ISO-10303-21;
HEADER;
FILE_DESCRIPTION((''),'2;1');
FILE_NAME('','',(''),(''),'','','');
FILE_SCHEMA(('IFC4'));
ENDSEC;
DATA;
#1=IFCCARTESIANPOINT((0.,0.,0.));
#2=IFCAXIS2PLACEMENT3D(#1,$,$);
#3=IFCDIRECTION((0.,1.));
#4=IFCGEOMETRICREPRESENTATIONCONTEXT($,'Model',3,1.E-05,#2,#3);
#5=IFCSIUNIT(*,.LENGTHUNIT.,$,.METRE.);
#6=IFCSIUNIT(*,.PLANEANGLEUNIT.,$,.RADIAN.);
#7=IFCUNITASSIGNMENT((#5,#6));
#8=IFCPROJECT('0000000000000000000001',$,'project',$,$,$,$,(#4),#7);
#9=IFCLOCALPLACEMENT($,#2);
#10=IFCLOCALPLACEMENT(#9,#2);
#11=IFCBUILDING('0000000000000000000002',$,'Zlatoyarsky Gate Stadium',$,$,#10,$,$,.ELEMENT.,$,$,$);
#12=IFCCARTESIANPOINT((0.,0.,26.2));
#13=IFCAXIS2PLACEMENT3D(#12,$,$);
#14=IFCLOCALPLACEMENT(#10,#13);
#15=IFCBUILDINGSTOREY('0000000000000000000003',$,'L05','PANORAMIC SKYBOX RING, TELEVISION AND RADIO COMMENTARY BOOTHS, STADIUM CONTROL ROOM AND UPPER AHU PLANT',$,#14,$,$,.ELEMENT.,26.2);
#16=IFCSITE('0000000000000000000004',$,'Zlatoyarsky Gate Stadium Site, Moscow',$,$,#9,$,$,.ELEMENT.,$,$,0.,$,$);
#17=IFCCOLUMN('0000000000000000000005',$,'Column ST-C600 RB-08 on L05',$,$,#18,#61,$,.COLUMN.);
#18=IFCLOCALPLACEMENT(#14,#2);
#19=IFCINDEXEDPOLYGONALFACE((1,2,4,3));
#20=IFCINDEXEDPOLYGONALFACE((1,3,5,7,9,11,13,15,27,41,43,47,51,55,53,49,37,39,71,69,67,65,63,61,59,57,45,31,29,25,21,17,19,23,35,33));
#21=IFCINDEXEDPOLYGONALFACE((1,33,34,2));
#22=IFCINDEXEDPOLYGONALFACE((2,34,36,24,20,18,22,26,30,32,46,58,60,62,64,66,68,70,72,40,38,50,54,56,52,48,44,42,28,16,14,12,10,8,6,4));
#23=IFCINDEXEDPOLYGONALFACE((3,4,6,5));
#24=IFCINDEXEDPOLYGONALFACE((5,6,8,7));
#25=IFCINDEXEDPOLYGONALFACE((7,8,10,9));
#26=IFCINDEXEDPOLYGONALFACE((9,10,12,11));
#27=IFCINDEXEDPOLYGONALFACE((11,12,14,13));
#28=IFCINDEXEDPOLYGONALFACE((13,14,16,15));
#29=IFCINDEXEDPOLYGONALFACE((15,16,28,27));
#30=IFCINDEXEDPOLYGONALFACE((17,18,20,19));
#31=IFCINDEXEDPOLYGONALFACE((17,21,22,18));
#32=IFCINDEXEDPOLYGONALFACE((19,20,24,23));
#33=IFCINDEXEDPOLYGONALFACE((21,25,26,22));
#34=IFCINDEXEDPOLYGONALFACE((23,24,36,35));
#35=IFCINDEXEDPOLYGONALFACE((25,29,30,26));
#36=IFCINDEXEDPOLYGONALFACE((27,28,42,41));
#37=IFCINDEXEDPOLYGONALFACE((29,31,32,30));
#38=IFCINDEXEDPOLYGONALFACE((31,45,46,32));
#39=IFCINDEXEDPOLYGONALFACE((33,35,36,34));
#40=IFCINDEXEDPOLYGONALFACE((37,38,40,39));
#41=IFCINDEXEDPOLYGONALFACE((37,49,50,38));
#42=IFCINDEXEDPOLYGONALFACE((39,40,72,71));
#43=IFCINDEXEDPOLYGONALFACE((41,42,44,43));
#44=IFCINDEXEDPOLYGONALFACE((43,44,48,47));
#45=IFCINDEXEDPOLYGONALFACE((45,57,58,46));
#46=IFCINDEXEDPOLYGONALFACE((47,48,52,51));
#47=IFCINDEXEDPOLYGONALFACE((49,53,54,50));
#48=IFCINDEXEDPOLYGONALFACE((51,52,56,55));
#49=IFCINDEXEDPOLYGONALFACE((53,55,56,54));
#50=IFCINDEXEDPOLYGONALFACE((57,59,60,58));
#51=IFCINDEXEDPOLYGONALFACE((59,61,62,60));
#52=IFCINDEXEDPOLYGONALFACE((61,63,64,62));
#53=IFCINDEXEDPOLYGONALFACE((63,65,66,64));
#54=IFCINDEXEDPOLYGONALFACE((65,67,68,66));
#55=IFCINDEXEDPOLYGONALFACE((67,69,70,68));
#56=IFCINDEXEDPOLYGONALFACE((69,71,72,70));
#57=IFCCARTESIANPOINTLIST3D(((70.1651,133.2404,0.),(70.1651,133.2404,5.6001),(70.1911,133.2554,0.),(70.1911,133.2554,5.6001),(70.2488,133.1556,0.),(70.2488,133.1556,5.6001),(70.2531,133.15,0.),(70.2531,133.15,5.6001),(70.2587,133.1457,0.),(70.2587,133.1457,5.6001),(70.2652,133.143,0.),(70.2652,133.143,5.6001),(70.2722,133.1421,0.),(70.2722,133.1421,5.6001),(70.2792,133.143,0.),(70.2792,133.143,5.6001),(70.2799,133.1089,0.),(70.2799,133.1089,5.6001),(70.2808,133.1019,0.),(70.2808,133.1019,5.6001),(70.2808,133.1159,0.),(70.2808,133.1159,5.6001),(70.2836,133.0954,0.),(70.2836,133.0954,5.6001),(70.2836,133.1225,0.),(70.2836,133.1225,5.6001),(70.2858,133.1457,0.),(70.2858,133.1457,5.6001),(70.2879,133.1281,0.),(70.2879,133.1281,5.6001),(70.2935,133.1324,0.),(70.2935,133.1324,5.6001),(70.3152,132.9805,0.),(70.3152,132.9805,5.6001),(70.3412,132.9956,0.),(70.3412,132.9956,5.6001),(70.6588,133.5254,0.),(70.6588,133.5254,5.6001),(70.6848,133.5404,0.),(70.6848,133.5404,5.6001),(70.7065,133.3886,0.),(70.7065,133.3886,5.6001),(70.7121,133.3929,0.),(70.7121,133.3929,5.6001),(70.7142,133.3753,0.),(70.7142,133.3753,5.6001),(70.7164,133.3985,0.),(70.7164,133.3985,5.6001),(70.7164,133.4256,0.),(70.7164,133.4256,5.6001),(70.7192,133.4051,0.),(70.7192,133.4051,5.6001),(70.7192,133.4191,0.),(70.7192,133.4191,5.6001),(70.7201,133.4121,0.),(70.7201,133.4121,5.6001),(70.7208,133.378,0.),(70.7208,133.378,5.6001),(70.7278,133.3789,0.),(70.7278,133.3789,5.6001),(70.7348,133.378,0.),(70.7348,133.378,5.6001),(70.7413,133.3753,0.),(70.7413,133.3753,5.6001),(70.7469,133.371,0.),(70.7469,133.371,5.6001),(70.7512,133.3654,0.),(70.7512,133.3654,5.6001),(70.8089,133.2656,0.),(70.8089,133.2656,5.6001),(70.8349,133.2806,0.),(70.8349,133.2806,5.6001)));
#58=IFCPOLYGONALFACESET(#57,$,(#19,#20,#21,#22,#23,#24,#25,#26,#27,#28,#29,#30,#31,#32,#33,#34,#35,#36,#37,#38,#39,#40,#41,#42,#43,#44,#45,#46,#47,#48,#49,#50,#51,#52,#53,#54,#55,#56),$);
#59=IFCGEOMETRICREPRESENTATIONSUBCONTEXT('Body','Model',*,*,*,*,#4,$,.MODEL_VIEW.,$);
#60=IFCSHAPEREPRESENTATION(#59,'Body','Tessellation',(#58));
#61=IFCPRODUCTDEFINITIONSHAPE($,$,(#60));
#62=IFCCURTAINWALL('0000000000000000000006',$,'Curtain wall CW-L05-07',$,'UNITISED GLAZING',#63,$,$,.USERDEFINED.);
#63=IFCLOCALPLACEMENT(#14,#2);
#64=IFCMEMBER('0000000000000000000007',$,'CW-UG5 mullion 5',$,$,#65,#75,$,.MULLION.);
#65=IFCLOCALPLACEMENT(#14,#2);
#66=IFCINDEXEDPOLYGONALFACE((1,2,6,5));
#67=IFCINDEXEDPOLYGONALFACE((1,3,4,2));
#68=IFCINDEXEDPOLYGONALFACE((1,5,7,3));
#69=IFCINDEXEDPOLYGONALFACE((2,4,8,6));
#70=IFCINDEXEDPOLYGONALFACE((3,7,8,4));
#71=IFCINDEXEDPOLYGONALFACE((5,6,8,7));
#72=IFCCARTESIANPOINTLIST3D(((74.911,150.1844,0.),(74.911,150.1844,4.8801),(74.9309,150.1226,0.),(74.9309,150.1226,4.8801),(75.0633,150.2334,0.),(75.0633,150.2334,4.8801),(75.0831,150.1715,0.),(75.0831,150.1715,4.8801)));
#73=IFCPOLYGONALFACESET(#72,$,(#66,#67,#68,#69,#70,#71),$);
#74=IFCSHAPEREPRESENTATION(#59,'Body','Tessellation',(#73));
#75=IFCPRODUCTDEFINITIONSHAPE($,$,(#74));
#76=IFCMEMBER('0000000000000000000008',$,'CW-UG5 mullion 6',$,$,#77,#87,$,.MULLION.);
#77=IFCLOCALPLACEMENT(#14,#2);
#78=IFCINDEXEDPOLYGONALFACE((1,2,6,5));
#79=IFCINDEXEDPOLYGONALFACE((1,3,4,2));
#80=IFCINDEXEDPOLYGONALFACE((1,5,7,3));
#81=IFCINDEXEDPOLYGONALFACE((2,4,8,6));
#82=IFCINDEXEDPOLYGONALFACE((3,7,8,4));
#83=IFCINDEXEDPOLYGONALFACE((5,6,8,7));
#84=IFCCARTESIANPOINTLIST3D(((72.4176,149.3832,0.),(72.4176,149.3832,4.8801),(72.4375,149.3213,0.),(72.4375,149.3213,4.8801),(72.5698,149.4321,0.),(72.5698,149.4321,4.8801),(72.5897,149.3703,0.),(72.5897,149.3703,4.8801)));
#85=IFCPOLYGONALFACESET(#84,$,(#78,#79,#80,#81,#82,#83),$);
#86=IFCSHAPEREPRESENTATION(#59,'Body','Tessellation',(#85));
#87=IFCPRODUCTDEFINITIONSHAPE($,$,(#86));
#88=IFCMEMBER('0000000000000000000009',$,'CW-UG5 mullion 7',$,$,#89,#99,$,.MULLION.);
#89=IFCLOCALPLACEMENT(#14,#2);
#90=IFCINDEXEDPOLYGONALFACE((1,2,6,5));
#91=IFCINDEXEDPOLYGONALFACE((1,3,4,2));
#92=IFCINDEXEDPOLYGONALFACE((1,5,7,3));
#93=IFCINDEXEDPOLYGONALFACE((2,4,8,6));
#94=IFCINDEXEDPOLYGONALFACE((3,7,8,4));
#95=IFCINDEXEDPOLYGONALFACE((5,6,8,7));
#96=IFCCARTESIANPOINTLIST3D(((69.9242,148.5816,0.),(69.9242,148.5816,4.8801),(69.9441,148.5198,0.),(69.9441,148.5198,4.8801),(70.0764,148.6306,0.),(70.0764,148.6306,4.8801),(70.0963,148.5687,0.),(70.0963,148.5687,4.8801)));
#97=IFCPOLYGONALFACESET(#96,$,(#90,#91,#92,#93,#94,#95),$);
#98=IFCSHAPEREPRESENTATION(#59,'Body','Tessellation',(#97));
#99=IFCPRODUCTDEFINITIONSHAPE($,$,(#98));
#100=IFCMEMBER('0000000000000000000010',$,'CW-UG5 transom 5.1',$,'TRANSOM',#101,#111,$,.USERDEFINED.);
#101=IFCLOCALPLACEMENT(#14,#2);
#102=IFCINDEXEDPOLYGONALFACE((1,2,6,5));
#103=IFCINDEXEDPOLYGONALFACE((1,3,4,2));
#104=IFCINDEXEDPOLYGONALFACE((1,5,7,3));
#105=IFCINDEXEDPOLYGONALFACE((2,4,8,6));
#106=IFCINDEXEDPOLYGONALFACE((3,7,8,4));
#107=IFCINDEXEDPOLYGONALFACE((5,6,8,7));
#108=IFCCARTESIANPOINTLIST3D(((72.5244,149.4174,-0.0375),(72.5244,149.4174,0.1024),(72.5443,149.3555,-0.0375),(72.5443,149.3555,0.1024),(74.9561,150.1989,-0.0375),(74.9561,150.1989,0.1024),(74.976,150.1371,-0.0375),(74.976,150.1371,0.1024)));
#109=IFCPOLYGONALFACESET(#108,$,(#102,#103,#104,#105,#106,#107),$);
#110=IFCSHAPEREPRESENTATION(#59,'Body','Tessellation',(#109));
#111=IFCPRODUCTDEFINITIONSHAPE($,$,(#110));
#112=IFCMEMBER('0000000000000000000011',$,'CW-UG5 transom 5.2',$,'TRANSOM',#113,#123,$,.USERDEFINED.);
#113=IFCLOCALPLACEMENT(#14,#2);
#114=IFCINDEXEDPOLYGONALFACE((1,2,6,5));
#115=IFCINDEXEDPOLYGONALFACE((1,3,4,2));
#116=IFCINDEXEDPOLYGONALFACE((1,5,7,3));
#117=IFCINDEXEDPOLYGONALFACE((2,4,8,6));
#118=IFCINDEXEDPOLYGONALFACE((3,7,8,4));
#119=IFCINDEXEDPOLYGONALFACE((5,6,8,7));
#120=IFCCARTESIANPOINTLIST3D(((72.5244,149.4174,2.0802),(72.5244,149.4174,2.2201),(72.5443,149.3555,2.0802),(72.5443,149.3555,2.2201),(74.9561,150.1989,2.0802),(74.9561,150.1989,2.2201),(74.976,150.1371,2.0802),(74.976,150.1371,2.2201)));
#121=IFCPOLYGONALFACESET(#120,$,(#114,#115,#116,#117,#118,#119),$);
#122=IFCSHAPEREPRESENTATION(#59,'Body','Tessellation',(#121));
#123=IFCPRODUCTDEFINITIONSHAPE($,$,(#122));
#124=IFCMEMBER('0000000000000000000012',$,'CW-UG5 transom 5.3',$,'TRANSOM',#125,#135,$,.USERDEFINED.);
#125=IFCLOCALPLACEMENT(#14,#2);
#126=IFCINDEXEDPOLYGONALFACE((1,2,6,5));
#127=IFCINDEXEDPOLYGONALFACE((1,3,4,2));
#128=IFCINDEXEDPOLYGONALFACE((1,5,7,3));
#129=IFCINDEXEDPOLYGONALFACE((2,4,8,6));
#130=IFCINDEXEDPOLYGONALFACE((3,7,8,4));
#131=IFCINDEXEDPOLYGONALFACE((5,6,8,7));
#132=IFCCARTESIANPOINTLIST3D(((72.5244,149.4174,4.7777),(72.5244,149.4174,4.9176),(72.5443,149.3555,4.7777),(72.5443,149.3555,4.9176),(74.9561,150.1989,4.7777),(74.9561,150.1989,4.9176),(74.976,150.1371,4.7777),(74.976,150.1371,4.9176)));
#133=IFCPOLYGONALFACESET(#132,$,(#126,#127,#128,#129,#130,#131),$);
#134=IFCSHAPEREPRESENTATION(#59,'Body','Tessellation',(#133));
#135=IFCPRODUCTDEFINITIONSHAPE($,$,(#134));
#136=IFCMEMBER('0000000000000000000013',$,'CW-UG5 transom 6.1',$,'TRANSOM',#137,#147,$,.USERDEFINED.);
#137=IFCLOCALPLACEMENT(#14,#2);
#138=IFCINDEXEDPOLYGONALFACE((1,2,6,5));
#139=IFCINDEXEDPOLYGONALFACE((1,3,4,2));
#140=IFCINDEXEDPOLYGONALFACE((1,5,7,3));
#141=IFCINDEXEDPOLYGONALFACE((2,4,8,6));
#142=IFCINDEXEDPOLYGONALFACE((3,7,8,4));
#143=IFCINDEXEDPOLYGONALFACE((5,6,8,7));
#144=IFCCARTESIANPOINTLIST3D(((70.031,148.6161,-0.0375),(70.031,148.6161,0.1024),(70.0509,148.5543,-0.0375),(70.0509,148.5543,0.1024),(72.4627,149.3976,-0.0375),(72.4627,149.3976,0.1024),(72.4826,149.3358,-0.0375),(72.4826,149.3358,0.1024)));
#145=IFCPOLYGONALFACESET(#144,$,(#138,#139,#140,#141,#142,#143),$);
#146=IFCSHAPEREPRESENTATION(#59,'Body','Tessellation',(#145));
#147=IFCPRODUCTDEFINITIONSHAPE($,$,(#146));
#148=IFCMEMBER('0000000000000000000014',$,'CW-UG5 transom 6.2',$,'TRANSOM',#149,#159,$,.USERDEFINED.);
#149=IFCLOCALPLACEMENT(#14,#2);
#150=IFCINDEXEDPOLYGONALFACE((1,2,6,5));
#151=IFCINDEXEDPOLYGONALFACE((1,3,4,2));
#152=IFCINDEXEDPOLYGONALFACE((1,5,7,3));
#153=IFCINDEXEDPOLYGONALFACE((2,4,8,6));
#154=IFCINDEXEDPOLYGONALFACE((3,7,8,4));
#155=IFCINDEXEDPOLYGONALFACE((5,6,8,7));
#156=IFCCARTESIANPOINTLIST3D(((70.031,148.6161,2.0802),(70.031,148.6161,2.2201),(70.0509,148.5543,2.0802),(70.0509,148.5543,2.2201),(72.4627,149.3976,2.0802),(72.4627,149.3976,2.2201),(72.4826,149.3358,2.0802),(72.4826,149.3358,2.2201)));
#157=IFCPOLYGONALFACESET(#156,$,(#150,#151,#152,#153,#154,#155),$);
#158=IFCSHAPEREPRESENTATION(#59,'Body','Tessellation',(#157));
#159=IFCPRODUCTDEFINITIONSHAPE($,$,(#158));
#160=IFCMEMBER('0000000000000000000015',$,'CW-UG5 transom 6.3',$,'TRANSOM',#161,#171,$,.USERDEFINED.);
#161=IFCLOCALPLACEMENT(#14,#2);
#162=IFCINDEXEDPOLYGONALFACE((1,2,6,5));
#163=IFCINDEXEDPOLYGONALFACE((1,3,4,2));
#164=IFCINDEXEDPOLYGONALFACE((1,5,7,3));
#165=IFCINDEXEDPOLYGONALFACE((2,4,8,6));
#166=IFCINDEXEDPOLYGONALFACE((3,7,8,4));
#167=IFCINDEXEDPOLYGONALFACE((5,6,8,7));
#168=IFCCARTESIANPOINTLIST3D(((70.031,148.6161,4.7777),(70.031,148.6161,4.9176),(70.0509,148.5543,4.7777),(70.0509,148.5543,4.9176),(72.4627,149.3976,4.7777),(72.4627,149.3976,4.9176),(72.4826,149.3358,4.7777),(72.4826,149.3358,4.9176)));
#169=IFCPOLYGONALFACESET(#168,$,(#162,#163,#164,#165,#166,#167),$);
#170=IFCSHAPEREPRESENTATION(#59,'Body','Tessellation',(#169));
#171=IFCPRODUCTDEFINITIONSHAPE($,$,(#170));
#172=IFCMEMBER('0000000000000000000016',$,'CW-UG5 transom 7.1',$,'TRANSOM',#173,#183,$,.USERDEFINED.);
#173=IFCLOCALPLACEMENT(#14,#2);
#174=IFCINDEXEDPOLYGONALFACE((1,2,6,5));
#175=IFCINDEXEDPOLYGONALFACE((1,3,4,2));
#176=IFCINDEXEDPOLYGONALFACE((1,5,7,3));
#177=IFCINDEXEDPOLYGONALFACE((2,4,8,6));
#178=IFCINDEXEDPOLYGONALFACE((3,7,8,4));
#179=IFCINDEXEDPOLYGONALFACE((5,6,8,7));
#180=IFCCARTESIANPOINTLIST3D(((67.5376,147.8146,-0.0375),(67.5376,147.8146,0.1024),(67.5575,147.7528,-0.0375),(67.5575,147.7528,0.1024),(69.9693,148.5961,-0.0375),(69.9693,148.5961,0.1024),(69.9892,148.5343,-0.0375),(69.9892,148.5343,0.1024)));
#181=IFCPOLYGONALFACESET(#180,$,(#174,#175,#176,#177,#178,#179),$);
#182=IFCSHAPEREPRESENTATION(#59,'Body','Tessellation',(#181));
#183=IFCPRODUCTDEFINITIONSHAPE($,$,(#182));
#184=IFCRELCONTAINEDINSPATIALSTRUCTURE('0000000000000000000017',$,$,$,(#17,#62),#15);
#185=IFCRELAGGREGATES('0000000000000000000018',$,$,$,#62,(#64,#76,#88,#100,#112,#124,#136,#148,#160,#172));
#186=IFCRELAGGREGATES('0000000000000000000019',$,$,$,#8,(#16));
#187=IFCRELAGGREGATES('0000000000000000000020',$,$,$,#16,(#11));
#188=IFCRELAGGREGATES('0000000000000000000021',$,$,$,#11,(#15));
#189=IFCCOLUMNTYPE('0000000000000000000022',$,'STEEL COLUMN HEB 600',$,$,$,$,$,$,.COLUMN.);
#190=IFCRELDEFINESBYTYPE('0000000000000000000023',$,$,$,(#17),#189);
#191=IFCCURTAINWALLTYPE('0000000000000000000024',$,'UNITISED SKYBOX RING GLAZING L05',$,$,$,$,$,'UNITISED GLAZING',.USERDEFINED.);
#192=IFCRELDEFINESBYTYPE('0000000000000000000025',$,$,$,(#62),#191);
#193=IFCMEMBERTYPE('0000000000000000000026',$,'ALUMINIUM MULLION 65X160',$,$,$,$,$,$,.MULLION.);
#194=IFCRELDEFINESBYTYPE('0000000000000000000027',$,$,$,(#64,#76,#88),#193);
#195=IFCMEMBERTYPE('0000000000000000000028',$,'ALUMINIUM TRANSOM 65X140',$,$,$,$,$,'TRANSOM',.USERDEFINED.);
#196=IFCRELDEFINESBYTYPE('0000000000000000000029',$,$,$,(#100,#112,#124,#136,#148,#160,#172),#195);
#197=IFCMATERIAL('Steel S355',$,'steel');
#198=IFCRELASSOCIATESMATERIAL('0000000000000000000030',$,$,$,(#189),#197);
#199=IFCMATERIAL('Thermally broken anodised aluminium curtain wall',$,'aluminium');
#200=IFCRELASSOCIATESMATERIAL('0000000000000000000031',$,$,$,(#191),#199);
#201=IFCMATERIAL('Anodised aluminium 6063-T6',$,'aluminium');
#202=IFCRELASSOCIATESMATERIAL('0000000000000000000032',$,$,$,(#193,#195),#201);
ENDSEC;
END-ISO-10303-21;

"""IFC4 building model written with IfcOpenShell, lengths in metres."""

from ifc_helpers import new_model, si_unit, direction, frame, origin, origin_2d, place, context, subcontext, project, spatial, rectangle, i_section, extrude, material, material_profile, profile_set, type_object, element, aggregate, save


model = new_model("IFC4")

# Units and contexts
model_context = context("Model", 3, precision=1e-05, world=origin(), true_north=direction((0.0, 1.0)))
body_context = subcontext(model_context, "Body", "Model", "MODEL_VIEW")
ifc_project = project(units=[si_unit("LENGTHUNIT", "METRE"), si_unit("PLANEANGLEUNIT", "RADIAN")], contexts=[model_context])

# Site, building, storey
site_placement = place(None, origin())
site = spatial("IfcSite", under=ifc_project, at=site_placement, Name="Zlatoyarsky Gate Stadium Site, Moscow", CompositionType="ELEMENT", RefElevation=0.0)
building_placement = place(site_placement, origin())
building = spatial("IfcBuilding", under=site, at=building_placement, Name="Zlatoyarsky Gate Stadium", CompositionType="ELEMENT")
storey_placement = place(building_placement, frame((0.0, 0.0, 26.2)))
storey = spatial("IfcBuildingStorey", under=building, at=storey_placement, Name="L05", Description="PANORAMIC SKYBOX RING, TELEVISION AND RADIO COMMENTARY BOOTHS, STADIUM CONTROL ROOM AND UPPER AHU PLANT", CompositionType="ELEMENT", Elevation=26.2)

# Column
ifc_material_1 = material(Name="Steel S355", Category="steel")
ifc_material_profile_1 = material_profile(ifc_material_1, i_section(OverallWidth=0.3, OverallDepth=0.6001, WebThickness=0.0154, FlangeThickness=0.03, FilletRadius=0.0271, at=origin_2d()), Name="HEB 600")
ifc_profile_set_1 = profile_set([ifc_material_profile_1], Name="Steel S355")
column_type = type_object("IfcColumnType", Name="STEEL COLUMN HEB 600", PredefinedType="COLUMN", material=ifc_profile_set_1)
column_placement = place(storey_placement, frame((70.5, 133.2605, 0.0), z_axis=(0.0, 0.0, 1.0), x_axis=(-0.5, 0.866025, 0.0)))
element("IfcColumn", 1, at=column_placement, inside=storey, type_object=column_type, Name="Column ST-C600 RB-08 on L05", PredefinedType="COLUMN", context=body_context, shape_type="SweptSolid", body=[
    extrude(i_section(OverallWidth=0.3, OverallDepth=0.6001, WebThickness=0.0154, FlangeThickness=0.03, FilletRadius=0.0271, at=origin_2d()), origin(), (0.0, 0.0, 1.0), 5.6001),
])

# Curtain wall, members
ifc_material_2 = material(Name="Thermally broken anodised aluminium curtain wall", Category="aluminium")
curtain_wall_type = type_object("IfcCurtainWallType", Name="UNITISED SKYBOX RING GLAZING L05", ElementType="UNITISED GLAZING", PredefinedType="USERDEFINED", material=ifc_material_2)
curtain_wall_placement = place(storey_placement, origin())
curtain_wall = element("IfcCurtainWall", 2, at=curtain_wall_placement, inside=storey, type_object=curtain_wall_type, Name="Curtain wall CW-L05-07", ObjectType="UNITISED GLAZING", PredefinedType="USERDEFINED")
ifc_material_3 = material(Name="Anodised aluminium 6063-T6", Category="aluminium")
ifc_material_profile_2 = material_profile(ifc_material_3, rectangle(XDim=0.0649, YDim=0.1599, at=origin_2d()), Name="ALU 65X160")
ifc_profile_set_2 = profile_set([ifc_material_profile_2], Name="Anodised aluminium 6063-T6")
member_type_1 = type_object("IfcMemberType", Name="ALUMINIUM MULLION 65X160", PredefinedType="MULLION", material=ifc_profile_set_2)
member_1_placement = place(storey_placement, frame((74.9971, 150.178, 0.0), z_axis=(0.0, 0.0, 1.0), x_axis=(0.305979, -0.952038, 0.0)))
member_1 = element("IfcMember", 3, at=member_1_placement, type_object=member_type_1, Name="CW-UG5 mullion 5", PredefinedType="MULLION", context=body_context, shape_type="SweptSolid", body=[
    extrude(rectangle(XDim=0.0649, YDim=0.1599, at=origin_2d()), origin(), (0.0, 0.0, 1.0), 4.8801),
])
member_2_placement = place(storey_placement, frame((72.5037, 149.3767, 0.0), z_axis=(0.0, 0.0, 1.0), x_axis=(0.305979, -0.952038, 0.0)))
member_2 = element("IfcMember", 4, at=member_2_placement, type_object=member_type_1, Name="CW-UG5 mullion 6", PredefinedType="MULLION", context=body_context, shape_type="SweptSolid", body=[
    extrude(rectangle(XDim=0.0649, YDim=0.1599, at=origin_2d()), origin(), (0.0, 0.0, 1.0), 4.8801),
])
member_3_placement = place(storey_placement, frame((70.0103, 148.5752, 0.0), z_axis=(0.0, 0.0, 1.0), x_axis=(0.305979, -0.952038, 0.0)))
member_3 = element("IfcMember", 5, at=member_3_placement, type_object=member_type_1, Name="CW-UG5 mullion 7", PredefinedType="MULLION", context=body_context, shape_type="SweptSolid", body=[
    extrude(rectangle(XDim=0.0649, YDim=0.1599, at=origin_2d()), origin(), (0.0, 0.0, 1.0), 4.8801),
])
ifc_material_profile_3 = material_profile(ifc_material_3, rectangle(XDim=0.0649, YDim=0.1399, at=origin_2d()), Name="ALU 65X140")
ifc_profile_set_3 = profile_set([ifc_material_profile_3], Name="Anodised aluminium 6063-T6")
member_type_2 = type_object("IfcMemberType", Name="ALUMINIUM TRANSOM 65X140", ElementType="TRANSOM", PredefinedType="USERDEFINED", material=ifc_profile_set_3)
member_4_placement = place(storey_placement, frame((74.9661, 150.168, 0.0325), z_axis=(-0.95204, -0.305972, 0.0), x_axis=(0.305972, -0.95204, 0.0)))
member_4 = element("IfcMember", 6, at=member_4_placement, type_object=member_type_2, Name="CW-UG5 transom 5.1", ObjectType="TRANSOM", PredefinedType="USERDEFINED", context=body_context, shape_type="SweptSolid", body=[
    extrude(rectangle(XDim=0.0649, YDim=0.1399, at=origin_2d()), origin(), (0.0, 0.0, 1.0), 2.5542),
])
member_5_placement = place(storey_placement, frame((74.9661, 150.168, 2.1501), z_axis=(-0.95204, -0.305972, 0.0), x_axis=(0.305972, -0.95204, 0.0)))
member_5 = element("IfcMember", 7, at=member_5_placement, type_object=member_type_2, Name="CW-UG5 transom 5.2", ObjectType="TRANSOM", PredefinedType="USERDEFINED", context=body_context, shape_type="SweptSolid", body=[
    extrude(rectangle(XDim=0.0649, YDim=0.1399, at=origin_2d()), origin(), (0.0, 0.0, 1.0), 2.5542),
])
member_6_placement = place(storey_placement, frame((74.9661, 150.168, 4.8477), z_axis=(-0.95204, -0.305972, 0.0), x_axis=(0.305972, -0.95204, 0.0)))
member_6 = element("IfcMember", 8, at=member_6_placement, type_object=member_type_2, Name="CW-UG5 transom 5.3", ObjectType="TRANSOM", PredefinedType="USERDEFINED", context=body_context, shape_type="SweptSolid", body=[
    extrude(rectangle(XDim=0.0649, YDim=0.1399, at=origin_2d()), origin(), (0.0, 0.0, 1.0), 2.5542),
])
member_7_placement = place(storey_placement, frame((72.4727, 149.3667, 0.0325), z_axis=(-0.95204, -0.305972, 0.0), x_axis=(0.305972, -0.95204, 0.0)))
member_7 = element("IfcMember", 9, at=member_7_placement, type_object=member_type_2, Name="CW-UG5 transom 6.1", ObjectType="TRANSOM", PredefinedType="USERDEFINED", context=body_context, shape_type="SweptSolid", body=[
    extrude(rectangle(XDim=0.0649, YDim=0.1399, at=origin_2d()), origin(), (0.0, 0.0, 1.0), 2.5542),
])
member_8_placement = place(storey_placement, frame((72.4727, 149.3667, 2.1501), z_axis=(-0.95204, -0.305972, 0.0), x_axis=(0.305972, -0.95204, 0.0)))
member_8 = element("IfcMember", 10, at=member_8_placement, type_object=member_type_2, Name="CW-UG5 transom 6.2", ObjectType="TRANSOM", PredefinedType="USERDEFINED", context=body_context, shape_type="SweptSolid", body=[
    extrude(rectangle(XDim=0.0649, YDim=0.1399, at=origin_2d()), origin(), (0.0, 0.0, 1.0), 2.5542),
])
member_9_placement = place(storey_placement, frame((72.4727, 149.3667, 4.8477), z_axis=(-0.95204, -0.305972, 0.0), x_axis=(0.305972, -0.95204, 0.0)))
member_9 = element("IfcMember", 11, at=member_9_placement, type_object=member_type_2, Name="CW-UG5 transom 6.3", ObjectType="TRANSOM", PredefinedType="USERDEFINED", context=body_context, shape_type="SweptSolid", body=[
    extrude(rectangle(XDim=0.0649, YDim=0.1399, at=origin_2d()), origin(), (0.0, 0.0, 1.0), 2.5542),
])
member_10_placement = place(storey_placement, frame((69.9792, 148.5652, 0.0325), z_axis=(-0.95204, -0.305972, 0.0), x_axis=(0.305972, -0.95204, 0.0)))
member_10 = element("IfcMember", 12, at=member_10_placement, type_object=member_type_2, Name="CW-UG5 transom 7.1", ObjectType="TRANSOM", PredefinedType="USERDEFINED", context=body_context, shape_type="SweptSolid", body=[
    extrude(rectangle(XDim=0.0649, YDim=0.1399, at=origin_2d()), origin(), (0.0, 0.0, 1.0), 2.5542),
])

aggregate(curtain_wall, [member_1, member_2, member_3, member_4, member_5, member_6, member_7, member_8, member_9, member_10])

save(model, "model.ifc")
